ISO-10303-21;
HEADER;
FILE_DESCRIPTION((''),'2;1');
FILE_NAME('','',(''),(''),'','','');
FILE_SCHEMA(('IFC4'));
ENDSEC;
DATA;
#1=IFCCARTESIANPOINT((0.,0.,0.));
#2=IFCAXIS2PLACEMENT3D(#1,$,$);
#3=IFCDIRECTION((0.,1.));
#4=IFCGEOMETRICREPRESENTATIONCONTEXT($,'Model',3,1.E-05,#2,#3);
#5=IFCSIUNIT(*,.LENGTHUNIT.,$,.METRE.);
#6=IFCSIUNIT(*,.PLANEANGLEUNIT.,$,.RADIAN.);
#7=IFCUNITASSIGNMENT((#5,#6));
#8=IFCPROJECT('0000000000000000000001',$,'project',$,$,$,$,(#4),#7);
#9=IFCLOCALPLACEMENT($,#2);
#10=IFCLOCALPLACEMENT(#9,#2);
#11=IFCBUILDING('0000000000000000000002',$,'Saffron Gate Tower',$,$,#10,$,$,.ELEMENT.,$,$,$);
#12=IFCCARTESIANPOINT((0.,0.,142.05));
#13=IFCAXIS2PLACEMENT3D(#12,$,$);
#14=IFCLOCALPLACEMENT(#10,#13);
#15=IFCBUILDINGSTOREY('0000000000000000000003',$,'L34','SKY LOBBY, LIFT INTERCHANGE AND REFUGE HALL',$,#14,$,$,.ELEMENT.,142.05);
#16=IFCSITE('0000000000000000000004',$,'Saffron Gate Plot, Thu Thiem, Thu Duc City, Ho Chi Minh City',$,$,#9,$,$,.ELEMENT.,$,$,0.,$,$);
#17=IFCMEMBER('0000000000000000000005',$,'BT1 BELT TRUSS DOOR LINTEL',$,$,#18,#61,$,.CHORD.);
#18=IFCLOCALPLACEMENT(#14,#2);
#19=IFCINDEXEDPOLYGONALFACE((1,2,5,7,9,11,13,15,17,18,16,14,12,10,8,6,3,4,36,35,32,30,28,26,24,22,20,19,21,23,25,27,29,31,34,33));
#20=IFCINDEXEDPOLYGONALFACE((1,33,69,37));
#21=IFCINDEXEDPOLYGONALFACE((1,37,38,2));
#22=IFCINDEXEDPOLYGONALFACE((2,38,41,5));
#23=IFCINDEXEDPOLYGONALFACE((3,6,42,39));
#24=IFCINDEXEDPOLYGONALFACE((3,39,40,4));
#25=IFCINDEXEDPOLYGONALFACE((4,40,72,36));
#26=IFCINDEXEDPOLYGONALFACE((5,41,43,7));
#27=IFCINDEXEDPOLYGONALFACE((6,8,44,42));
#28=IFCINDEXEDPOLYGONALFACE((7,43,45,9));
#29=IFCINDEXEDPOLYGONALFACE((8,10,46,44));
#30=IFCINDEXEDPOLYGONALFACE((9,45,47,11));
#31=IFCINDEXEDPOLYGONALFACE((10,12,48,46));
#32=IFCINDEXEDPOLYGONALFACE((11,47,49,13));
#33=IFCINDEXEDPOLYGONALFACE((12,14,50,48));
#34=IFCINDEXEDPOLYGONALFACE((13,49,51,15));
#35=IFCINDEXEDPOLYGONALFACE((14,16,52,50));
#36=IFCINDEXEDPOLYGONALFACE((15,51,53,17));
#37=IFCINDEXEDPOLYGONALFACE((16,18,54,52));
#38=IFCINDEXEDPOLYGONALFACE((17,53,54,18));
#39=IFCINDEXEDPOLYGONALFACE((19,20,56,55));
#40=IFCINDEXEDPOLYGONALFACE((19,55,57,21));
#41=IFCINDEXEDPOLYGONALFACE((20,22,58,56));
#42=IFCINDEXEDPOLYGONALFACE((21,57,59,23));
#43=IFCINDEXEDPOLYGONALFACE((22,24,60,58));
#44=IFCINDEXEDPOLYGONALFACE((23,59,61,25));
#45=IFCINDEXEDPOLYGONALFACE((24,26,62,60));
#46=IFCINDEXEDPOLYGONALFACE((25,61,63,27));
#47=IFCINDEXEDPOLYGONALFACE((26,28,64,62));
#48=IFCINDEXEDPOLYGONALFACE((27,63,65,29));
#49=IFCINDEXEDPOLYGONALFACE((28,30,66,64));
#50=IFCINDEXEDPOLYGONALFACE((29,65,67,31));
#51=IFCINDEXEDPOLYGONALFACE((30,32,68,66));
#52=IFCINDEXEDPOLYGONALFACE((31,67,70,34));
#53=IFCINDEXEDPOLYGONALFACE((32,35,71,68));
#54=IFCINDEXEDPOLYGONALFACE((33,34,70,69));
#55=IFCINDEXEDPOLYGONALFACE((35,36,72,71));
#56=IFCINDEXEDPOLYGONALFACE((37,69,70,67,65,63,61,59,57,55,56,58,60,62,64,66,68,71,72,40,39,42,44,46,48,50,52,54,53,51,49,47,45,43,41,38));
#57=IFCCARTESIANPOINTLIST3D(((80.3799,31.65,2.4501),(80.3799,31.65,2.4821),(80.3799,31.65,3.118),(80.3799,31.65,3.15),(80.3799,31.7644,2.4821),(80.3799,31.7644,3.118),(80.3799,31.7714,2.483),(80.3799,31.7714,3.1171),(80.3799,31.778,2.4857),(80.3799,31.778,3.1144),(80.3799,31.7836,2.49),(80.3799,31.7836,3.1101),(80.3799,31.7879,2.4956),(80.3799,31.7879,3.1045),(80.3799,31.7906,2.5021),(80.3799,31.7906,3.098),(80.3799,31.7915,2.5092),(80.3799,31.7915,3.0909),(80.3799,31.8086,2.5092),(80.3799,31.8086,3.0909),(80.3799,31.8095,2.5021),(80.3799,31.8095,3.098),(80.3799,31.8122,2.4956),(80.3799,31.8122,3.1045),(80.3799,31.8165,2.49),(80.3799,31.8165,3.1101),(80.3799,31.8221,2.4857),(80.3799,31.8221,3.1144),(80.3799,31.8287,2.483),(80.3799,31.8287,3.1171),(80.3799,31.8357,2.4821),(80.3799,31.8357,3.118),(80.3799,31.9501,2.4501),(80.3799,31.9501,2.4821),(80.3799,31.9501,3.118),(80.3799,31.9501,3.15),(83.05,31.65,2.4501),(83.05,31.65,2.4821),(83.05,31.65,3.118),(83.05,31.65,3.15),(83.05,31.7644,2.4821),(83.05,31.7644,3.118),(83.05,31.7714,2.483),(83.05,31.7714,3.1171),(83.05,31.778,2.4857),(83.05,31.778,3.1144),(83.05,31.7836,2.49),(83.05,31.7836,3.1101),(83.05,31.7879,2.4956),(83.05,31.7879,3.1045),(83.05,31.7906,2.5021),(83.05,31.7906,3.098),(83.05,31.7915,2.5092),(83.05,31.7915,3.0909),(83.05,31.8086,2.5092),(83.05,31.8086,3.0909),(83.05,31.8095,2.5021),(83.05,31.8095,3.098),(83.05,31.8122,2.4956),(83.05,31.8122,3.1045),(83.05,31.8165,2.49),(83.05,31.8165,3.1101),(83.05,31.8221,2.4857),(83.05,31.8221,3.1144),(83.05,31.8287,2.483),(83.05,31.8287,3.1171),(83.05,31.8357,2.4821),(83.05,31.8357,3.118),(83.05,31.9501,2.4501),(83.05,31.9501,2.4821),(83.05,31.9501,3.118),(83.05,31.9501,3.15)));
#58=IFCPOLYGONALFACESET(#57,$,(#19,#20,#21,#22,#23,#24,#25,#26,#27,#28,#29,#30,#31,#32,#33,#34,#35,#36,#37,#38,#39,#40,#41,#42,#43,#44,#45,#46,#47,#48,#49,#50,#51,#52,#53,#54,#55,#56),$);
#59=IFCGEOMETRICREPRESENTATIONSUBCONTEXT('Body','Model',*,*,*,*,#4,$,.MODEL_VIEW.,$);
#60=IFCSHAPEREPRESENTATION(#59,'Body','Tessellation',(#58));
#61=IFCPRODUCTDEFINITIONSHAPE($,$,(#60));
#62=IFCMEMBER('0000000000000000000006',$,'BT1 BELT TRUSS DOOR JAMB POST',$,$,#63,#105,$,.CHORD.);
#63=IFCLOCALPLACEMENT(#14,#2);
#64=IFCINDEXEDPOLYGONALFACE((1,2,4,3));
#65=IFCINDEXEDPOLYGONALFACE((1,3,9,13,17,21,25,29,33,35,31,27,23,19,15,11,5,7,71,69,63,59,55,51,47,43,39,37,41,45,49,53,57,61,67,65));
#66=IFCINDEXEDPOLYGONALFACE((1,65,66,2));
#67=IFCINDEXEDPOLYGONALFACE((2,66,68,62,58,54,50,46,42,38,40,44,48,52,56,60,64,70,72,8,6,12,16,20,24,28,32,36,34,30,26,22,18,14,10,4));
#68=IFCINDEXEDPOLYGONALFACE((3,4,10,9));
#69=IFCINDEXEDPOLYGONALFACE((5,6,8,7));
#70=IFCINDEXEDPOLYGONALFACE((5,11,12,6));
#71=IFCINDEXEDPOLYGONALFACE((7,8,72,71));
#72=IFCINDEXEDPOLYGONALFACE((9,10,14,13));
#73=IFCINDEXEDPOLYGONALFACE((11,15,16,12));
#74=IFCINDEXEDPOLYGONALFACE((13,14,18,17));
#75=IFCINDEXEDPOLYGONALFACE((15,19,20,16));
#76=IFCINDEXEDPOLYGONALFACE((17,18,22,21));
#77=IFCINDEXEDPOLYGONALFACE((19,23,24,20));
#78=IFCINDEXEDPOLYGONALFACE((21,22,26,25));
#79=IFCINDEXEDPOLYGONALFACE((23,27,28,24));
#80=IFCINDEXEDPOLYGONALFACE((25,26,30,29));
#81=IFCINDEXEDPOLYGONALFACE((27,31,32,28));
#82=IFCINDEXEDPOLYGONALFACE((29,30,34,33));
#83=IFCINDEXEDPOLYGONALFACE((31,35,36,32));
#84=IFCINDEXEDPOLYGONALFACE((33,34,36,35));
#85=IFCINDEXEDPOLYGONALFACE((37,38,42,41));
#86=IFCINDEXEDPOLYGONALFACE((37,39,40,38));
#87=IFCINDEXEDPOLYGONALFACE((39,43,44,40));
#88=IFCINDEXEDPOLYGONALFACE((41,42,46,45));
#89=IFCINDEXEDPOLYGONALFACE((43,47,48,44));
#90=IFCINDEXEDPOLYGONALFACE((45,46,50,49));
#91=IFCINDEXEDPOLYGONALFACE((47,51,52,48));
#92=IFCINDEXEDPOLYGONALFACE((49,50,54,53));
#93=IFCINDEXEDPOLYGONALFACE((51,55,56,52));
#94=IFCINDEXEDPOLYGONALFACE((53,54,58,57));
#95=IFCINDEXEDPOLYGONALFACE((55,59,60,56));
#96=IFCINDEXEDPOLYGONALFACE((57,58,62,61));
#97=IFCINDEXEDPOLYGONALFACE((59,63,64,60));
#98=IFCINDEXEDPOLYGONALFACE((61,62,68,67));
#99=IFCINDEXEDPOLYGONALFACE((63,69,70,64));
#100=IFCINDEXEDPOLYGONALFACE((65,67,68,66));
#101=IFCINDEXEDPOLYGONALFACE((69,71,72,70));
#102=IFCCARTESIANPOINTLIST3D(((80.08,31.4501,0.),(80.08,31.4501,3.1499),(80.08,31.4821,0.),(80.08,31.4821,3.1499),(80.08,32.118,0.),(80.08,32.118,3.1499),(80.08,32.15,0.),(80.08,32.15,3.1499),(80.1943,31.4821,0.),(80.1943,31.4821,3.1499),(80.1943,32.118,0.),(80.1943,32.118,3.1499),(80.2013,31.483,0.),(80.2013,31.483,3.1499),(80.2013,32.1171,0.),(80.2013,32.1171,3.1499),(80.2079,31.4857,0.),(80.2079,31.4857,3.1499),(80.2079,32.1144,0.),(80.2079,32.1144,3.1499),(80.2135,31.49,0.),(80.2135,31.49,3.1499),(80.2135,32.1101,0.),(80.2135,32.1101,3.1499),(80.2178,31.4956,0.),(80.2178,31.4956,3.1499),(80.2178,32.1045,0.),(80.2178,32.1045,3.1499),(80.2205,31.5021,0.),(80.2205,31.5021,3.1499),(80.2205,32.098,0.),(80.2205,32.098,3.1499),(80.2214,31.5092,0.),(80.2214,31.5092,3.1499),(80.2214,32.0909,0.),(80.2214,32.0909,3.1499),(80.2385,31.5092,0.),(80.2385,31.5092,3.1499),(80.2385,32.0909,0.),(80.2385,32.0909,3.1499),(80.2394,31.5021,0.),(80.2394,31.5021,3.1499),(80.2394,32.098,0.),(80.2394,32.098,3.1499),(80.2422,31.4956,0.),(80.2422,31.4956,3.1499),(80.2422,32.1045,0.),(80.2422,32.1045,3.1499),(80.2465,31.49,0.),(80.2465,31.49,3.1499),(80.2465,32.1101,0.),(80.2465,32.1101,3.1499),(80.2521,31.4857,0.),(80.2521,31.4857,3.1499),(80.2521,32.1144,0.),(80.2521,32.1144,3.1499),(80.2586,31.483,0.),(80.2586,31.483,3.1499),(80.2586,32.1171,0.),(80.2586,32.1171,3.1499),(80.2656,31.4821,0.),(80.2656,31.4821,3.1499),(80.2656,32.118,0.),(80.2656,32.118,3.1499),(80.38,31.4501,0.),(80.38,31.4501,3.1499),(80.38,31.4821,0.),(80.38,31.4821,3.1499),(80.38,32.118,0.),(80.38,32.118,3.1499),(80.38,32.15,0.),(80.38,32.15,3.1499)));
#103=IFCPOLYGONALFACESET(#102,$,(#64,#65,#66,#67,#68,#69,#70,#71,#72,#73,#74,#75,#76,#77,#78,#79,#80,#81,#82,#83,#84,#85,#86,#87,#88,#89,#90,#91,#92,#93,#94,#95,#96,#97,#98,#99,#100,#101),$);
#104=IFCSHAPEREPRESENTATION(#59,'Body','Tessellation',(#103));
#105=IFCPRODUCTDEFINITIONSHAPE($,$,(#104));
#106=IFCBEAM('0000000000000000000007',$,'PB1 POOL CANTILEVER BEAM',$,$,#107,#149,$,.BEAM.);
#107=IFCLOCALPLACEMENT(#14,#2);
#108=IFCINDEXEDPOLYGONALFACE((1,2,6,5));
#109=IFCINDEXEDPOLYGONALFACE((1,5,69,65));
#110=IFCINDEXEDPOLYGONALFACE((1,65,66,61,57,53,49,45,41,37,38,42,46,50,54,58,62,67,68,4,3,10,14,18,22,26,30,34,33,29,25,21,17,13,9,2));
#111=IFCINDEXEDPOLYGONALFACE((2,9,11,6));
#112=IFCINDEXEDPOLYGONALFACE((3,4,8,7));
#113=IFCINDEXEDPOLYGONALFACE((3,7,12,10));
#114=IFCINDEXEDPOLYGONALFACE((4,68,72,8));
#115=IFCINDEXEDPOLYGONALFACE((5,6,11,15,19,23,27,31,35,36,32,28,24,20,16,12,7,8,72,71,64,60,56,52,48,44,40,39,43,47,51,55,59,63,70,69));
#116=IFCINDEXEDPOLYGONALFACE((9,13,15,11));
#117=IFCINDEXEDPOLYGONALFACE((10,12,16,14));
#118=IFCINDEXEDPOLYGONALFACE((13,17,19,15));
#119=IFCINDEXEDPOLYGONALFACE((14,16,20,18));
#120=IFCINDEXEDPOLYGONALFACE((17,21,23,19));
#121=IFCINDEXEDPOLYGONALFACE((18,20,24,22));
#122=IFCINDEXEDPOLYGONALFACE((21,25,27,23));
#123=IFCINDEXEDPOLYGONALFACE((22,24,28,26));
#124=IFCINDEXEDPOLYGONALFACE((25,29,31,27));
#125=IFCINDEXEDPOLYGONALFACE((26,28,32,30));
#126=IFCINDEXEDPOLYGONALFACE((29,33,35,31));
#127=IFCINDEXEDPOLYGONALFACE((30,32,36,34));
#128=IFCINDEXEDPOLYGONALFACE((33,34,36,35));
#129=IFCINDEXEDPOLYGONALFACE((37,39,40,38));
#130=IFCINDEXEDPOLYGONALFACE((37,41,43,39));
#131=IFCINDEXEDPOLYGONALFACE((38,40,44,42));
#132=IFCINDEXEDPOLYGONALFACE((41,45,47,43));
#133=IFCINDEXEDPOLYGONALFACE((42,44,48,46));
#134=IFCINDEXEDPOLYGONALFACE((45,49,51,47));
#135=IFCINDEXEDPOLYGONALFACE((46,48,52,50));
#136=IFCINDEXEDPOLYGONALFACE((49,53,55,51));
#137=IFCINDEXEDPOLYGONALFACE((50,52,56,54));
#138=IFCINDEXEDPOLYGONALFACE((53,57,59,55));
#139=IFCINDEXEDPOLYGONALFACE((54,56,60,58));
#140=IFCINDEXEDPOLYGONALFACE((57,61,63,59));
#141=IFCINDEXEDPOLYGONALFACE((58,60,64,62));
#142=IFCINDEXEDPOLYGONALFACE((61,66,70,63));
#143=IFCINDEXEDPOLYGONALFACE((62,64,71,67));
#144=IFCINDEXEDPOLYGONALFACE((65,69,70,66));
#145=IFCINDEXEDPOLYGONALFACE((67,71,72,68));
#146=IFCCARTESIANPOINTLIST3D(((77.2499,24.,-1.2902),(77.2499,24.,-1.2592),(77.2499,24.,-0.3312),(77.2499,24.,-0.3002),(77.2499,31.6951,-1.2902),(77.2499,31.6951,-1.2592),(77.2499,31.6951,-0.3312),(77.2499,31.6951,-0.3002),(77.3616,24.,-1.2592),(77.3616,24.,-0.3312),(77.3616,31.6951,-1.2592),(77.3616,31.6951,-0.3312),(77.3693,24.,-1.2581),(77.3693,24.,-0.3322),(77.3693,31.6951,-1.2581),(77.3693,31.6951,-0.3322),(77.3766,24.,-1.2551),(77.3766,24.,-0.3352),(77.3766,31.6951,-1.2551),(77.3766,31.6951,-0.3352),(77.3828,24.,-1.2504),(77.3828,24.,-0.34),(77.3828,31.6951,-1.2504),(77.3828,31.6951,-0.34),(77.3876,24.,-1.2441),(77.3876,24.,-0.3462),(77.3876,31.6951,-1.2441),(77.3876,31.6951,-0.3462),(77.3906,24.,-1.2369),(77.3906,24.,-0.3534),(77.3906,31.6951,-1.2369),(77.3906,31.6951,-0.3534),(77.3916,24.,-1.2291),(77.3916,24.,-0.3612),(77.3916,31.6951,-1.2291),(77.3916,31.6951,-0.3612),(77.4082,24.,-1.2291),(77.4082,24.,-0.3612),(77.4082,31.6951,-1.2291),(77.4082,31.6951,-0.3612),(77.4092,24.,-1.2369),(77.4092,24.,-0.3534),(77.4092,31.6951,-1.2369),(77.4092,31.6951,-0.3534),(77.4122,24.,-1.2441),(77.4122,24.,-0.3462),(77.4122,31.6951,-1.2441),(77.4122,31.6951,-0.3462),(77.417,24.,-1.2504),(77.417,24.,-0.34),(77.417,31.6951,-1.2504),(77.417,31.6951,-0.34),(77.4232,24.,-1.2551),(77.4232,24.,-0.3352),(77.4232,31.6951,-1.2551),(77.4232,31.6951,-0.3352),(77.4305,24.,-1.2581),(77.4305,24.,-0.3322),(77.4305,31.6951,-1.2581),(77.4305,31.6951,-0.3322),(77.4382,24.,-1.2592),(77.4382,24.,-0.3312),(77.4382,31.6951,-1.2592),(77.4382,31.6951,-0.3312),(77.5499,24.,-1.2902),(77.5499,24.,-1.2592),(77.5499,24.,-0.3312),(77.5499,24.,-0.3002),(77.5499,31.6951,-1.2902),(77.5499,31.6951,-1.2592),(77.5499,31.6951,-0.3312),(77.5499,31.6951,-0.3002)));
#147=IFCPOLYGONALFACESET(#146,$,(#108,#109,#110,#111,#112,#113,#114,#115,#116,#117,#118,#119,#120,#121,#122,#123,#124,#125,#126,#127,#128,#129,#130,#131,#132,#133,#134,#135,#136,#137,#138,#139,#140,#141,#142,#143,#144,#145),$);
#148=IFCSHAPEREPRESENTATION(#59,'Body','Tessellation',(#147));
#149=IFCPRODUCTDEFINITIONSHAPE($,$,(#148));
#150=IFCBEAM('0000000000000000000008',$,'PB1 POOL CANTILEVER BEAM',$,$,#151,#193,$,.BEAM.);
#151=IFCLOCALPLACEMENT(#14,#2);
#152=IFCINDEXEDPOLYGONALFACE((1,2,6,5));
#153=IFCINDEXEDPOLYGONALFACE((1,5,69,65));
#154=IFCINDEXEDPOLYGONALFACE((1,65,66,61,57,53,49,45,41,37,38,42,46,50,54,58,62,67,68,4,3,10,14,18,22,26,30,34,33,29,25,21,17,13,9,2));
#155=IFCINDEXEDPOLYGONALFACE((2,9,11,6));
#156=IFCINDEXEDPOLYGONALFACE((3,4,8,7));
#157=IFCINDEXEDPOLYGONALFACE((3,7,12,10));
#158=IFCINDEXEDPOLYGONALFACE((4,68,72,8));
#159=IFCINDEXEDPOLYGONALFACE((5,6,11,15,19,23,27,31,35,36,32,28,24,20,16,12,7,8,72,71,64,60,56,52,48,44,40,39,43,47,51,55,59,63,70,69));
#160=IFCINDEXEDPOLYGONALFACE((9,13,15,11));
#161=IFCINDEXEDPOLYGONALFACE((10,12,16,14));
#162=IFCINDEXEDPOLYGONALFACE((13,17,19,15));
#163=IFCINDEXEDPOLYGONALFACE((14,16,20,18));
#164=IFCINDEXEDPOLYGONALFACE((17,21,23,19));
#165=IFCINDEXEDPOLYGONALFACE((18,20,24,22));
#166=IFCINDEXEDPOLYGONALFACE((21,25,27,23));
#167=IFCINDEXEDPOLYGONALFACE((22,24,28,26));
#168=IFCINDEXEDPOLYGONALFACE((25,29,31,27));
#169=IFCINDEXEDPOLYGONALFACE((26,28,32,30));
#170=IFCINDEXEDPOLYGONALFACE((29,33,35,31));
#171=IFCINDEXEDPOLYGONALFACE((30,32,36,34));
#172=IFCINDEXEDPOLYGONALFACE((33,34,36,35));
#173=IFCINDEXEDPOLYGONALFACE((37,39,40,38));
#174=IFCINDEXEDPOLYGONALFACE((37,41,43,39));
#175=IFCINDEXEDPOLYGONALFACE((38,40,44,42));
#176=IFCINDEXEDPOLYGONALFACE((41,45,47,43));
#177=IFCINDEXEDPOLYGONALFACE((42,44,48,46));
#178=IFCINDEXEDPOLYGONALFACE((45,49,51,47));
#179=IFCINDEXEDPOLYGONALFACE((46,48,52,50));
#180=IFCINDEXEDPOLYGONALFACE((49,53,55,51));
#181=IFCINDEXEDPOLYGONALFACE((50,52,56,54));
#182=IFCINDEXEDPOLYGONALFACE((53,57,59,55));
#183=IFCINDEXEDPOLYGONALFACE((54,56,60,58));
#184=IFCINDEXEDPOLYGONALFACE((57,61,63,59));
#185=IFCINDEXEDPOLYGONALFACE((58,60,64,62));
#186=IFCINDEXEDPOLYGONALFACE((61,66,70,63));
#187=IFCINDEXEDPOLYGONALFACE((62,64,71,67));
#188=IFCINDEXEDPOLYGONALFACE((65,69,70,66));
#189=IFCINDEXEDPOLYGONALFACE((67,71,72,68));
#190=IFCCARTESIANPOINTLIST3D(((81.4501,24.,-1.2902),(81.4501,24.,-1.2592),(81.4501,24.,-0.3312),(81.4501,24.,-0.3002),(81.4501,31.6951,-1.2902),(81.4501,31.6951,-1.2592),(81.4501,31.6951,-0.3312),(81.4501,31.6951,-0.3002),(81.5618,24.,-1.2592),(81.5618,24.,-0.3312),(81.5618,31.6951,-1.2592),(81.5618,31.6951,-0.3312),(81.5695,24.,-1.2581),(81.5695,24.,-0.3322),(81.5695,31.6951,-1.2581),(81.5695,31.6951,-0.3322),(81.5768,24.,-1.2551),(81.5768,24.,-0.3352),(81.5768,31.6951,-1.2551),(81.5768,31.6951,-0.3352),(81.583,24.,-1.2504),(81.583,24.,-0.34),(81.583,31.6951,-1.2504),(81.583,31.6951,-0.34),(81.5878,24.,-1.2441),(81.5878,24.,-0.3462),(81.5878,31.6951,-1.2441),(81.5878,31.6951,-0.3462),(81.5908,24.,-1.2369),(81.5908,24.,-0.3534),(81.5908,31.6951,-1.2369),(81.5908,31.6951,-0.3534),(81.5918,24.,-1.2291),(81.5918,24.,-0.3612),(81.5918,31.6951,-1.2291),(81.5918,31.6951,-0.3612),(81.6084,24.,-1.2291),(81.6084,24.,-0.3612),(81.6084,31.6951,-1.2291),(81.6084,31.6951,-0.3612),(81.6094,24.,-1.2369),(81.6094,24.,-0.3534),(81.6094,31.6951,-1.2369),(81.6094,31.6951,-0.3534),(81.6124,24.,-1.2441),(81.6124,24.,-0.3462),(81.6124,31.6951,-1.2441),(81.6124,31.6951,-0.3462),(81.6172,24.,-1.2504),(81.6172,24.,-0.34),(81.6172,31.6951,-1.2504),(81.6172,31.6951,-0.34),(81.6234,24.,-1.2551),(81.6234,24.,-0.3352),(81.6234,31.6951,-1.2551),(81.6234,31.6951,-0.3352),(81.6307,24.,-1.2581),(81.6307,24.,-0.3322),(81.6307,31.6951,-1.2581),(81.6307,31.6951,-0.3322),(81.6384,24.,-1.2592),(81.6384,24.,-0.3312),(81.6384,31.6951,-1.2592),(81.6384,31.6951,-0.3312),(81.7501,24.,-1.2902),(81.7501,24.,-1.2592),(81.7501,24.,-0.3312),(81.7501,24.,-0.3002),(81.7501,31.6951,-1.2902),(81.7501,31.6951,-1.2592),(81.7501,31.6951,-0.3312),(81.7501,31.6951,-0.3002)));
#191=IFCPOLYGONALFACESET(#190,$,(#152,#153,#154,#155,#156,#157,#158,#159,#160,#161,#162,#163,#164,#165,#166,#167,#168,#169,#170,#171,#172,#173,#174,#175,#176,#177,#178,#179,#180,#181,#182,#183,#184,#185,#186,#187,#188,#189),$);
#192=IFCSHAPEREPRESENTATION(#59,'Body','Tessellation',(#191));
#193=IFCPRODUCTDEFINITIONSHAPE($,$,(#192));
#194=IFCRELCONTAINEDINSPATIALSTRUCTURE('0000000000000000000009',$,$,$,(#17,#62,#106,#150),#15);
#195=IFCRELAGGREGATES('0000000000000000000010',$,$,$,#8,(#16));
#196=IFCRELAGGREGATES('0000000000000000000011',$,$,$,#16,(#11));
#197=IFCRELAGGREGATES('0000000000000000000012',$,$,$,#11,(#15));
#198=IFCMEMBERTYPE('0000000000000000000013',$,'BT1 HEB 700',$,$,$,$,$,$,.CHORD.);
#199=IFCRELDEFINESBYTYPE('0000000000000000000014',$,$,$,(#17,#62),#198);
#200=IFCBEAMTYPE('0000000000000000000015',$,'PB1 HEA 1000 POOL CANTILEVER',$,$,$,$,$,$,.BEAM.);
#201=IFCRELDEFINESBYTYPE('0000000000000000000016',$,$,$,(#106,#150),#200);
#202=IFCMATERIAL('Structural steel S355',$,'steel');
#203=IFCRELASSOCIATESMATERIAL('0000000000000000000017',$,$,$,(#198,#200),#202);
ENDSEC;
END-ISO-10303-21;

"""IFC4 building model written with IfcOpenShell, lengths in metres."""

from ifc_helpers import new_model, si_unit, direction, frame, origin, origin_2d, place, context, subcontext, project, spatial, i_section, extrude, material, material_profile, profile_set, type_object, element, save


model = new_model("IFC4")

# Units and contexts
model_context = context("Model", 3, precision=1e-05, world=origin(), true_north=direction((0.0, 1.0)))
body_context = subcontext(model_context, "Body", "Model", "MODEL_VIEW")
ifc_project = project(units=[si_unit("LENGTHUNIT", "METRE"), si_unit("PLANEANGLEUNIT", "RADIAN")], contexts=[model_context])

# Site, building, storey
site_placement = place(None, origin())
site = spatial("IfcSite", under=ifc_project, at=site_placement, Name="Saffron Gate Plot, Thu Thiem, Thu Duc City, Ho Chi Minh City", CompositionType="ELEMENT", RefElevation=0.0)
building_placement = place(site_placement, origin())
building = spatial("IfcBuilding", under=site, at=building_placement, Name="Saffron Gate Tower", CompositionType="ELEMENT")
storey_placement = place(building_placement, frame((0.0, 0.0, 142.05)))
storey = spatial("IfcBuildingStorey", under=building, at=storey_placement, Name="L34", Description="SKY LOBBY, LIFT INTERCHANGE AND REFUGE HALL", CompositionType="ELEMENT", Elevation=142.05)

# Shared definitions
ifc_material_1 = material(Name="Structural steel S355", Category="steel")

# Members
ifc_material_profile_1 = material_profile(ifc_material_1, i_section(OverallWidth=0.3, OverallDepth=0.7, WebThickness=0.0171, FlangeThickness=0.032, FilletRadius=0.0271, at=origin_2d()))
ifc_profile_set_1 = profile_set([ifc_material_profile_1], Name="Structural steel S355")
member_type_1 = type_object("IfcMemberType", Name="BT1 HEB 700", PredefinedType="CHORD", material=ifc_profile_set_1)
member_1_placement = place(storey_placement, frame((80.3799, 31.8, 2.8), z_axis=(1.0, 0.0, 0.0), x_axis=(0.0, 1.0, 0.0)))
element("IfcMember", 1, at=member_1_placement, inside=storey, type_object=member_type_1, Name="BT1 BELT TRUSS DOOR LINTEL", PredefinedType="CHORD", context=body_context, shape_type="SweptSolid", body=[
    extrude(i_section(OverallWidth=0.3, OverallDepth=0.7, WebThickness=0.0171, FlangeThickness=0.032, FilletRadius=0.0271, at=origin_2d()), origin(), (0.0, 0.0, 1.0), 2.6702),
])
member_2_placement = place(storey_placement, frame((80.23, 31.8, 0.0), z_axis=(0.0, 0.0, 1.0), x_axis=(1.0, 0.0, 0.0)))
element("IfcMember", 2, at=member_2_placement, inside=storey, type_object=member_type_1, Name="BT1 BELT TRUSS DOOR JAMB POST", PredefinedType="CHORD", context=body_context, shape_type="SweptSolid", body=[
    extrude(i_section(OverallWidth=0.3, OverallDepth=0.7, WebThickness=0.0171, FlangeThickness=0.032, FilletRadius=0.0271, at=origin_2d()), origin(), (0.0, 0.0, 1.0), 3.1499),
])

# Beams
ifc_material_profile_2 = material_profile(ifc_material_1, i_section(OverallWidth=0.3, OverallDepth=0.99, WebThickness=0.0166, FlangeThickness=0.031, FilletRadius=0.03, at=origin_2d()))
ifc_profile_set_2 = profile_set([ifc_material_profile_2], Name="Structural steel S355")
beam_type_1 = type_object("IfcBeamType", Name="PB1 HEA 1000 POOL CANTILEVER", PredefinedType="BEAM", material=ifc_profile_set_2)
for number, where, z_axis, x_axis, name in (
    (3, (77.3999, 24.0, -0.7952), (0.0, 1.0, 0.0), (-1.0, 0.0, 0.0), "PB1 POOL CANTILEVER BEAM"),
    (4, (81.6001, 24.0, -0.7952), (0.0, 1.0, 0.0), (-1.0, 0.0, 0.0), "PB1 POOL CANTILEVER BEAM"),
):
    element("IfcBeam", number, at=place(storey_placement, frame(where, z_axis=z_axis, x_axis=x_axis)), inside=storey, type_object=beam_type_1, Name=name, PredefinedType="BEAM", context=body_context, shape_type="SweptSolid", body=[
        extrude(i_section(OverallWidth=0.3, OverallDepth=0.99, WebThickness=0.0166, FlangeThickness=0.031, FilletRadius=0.03, at=origin_2d()), origin(), (0.0, 0.0, 1.0), 7.6951),
    ])

save(model, "model.ifc")
